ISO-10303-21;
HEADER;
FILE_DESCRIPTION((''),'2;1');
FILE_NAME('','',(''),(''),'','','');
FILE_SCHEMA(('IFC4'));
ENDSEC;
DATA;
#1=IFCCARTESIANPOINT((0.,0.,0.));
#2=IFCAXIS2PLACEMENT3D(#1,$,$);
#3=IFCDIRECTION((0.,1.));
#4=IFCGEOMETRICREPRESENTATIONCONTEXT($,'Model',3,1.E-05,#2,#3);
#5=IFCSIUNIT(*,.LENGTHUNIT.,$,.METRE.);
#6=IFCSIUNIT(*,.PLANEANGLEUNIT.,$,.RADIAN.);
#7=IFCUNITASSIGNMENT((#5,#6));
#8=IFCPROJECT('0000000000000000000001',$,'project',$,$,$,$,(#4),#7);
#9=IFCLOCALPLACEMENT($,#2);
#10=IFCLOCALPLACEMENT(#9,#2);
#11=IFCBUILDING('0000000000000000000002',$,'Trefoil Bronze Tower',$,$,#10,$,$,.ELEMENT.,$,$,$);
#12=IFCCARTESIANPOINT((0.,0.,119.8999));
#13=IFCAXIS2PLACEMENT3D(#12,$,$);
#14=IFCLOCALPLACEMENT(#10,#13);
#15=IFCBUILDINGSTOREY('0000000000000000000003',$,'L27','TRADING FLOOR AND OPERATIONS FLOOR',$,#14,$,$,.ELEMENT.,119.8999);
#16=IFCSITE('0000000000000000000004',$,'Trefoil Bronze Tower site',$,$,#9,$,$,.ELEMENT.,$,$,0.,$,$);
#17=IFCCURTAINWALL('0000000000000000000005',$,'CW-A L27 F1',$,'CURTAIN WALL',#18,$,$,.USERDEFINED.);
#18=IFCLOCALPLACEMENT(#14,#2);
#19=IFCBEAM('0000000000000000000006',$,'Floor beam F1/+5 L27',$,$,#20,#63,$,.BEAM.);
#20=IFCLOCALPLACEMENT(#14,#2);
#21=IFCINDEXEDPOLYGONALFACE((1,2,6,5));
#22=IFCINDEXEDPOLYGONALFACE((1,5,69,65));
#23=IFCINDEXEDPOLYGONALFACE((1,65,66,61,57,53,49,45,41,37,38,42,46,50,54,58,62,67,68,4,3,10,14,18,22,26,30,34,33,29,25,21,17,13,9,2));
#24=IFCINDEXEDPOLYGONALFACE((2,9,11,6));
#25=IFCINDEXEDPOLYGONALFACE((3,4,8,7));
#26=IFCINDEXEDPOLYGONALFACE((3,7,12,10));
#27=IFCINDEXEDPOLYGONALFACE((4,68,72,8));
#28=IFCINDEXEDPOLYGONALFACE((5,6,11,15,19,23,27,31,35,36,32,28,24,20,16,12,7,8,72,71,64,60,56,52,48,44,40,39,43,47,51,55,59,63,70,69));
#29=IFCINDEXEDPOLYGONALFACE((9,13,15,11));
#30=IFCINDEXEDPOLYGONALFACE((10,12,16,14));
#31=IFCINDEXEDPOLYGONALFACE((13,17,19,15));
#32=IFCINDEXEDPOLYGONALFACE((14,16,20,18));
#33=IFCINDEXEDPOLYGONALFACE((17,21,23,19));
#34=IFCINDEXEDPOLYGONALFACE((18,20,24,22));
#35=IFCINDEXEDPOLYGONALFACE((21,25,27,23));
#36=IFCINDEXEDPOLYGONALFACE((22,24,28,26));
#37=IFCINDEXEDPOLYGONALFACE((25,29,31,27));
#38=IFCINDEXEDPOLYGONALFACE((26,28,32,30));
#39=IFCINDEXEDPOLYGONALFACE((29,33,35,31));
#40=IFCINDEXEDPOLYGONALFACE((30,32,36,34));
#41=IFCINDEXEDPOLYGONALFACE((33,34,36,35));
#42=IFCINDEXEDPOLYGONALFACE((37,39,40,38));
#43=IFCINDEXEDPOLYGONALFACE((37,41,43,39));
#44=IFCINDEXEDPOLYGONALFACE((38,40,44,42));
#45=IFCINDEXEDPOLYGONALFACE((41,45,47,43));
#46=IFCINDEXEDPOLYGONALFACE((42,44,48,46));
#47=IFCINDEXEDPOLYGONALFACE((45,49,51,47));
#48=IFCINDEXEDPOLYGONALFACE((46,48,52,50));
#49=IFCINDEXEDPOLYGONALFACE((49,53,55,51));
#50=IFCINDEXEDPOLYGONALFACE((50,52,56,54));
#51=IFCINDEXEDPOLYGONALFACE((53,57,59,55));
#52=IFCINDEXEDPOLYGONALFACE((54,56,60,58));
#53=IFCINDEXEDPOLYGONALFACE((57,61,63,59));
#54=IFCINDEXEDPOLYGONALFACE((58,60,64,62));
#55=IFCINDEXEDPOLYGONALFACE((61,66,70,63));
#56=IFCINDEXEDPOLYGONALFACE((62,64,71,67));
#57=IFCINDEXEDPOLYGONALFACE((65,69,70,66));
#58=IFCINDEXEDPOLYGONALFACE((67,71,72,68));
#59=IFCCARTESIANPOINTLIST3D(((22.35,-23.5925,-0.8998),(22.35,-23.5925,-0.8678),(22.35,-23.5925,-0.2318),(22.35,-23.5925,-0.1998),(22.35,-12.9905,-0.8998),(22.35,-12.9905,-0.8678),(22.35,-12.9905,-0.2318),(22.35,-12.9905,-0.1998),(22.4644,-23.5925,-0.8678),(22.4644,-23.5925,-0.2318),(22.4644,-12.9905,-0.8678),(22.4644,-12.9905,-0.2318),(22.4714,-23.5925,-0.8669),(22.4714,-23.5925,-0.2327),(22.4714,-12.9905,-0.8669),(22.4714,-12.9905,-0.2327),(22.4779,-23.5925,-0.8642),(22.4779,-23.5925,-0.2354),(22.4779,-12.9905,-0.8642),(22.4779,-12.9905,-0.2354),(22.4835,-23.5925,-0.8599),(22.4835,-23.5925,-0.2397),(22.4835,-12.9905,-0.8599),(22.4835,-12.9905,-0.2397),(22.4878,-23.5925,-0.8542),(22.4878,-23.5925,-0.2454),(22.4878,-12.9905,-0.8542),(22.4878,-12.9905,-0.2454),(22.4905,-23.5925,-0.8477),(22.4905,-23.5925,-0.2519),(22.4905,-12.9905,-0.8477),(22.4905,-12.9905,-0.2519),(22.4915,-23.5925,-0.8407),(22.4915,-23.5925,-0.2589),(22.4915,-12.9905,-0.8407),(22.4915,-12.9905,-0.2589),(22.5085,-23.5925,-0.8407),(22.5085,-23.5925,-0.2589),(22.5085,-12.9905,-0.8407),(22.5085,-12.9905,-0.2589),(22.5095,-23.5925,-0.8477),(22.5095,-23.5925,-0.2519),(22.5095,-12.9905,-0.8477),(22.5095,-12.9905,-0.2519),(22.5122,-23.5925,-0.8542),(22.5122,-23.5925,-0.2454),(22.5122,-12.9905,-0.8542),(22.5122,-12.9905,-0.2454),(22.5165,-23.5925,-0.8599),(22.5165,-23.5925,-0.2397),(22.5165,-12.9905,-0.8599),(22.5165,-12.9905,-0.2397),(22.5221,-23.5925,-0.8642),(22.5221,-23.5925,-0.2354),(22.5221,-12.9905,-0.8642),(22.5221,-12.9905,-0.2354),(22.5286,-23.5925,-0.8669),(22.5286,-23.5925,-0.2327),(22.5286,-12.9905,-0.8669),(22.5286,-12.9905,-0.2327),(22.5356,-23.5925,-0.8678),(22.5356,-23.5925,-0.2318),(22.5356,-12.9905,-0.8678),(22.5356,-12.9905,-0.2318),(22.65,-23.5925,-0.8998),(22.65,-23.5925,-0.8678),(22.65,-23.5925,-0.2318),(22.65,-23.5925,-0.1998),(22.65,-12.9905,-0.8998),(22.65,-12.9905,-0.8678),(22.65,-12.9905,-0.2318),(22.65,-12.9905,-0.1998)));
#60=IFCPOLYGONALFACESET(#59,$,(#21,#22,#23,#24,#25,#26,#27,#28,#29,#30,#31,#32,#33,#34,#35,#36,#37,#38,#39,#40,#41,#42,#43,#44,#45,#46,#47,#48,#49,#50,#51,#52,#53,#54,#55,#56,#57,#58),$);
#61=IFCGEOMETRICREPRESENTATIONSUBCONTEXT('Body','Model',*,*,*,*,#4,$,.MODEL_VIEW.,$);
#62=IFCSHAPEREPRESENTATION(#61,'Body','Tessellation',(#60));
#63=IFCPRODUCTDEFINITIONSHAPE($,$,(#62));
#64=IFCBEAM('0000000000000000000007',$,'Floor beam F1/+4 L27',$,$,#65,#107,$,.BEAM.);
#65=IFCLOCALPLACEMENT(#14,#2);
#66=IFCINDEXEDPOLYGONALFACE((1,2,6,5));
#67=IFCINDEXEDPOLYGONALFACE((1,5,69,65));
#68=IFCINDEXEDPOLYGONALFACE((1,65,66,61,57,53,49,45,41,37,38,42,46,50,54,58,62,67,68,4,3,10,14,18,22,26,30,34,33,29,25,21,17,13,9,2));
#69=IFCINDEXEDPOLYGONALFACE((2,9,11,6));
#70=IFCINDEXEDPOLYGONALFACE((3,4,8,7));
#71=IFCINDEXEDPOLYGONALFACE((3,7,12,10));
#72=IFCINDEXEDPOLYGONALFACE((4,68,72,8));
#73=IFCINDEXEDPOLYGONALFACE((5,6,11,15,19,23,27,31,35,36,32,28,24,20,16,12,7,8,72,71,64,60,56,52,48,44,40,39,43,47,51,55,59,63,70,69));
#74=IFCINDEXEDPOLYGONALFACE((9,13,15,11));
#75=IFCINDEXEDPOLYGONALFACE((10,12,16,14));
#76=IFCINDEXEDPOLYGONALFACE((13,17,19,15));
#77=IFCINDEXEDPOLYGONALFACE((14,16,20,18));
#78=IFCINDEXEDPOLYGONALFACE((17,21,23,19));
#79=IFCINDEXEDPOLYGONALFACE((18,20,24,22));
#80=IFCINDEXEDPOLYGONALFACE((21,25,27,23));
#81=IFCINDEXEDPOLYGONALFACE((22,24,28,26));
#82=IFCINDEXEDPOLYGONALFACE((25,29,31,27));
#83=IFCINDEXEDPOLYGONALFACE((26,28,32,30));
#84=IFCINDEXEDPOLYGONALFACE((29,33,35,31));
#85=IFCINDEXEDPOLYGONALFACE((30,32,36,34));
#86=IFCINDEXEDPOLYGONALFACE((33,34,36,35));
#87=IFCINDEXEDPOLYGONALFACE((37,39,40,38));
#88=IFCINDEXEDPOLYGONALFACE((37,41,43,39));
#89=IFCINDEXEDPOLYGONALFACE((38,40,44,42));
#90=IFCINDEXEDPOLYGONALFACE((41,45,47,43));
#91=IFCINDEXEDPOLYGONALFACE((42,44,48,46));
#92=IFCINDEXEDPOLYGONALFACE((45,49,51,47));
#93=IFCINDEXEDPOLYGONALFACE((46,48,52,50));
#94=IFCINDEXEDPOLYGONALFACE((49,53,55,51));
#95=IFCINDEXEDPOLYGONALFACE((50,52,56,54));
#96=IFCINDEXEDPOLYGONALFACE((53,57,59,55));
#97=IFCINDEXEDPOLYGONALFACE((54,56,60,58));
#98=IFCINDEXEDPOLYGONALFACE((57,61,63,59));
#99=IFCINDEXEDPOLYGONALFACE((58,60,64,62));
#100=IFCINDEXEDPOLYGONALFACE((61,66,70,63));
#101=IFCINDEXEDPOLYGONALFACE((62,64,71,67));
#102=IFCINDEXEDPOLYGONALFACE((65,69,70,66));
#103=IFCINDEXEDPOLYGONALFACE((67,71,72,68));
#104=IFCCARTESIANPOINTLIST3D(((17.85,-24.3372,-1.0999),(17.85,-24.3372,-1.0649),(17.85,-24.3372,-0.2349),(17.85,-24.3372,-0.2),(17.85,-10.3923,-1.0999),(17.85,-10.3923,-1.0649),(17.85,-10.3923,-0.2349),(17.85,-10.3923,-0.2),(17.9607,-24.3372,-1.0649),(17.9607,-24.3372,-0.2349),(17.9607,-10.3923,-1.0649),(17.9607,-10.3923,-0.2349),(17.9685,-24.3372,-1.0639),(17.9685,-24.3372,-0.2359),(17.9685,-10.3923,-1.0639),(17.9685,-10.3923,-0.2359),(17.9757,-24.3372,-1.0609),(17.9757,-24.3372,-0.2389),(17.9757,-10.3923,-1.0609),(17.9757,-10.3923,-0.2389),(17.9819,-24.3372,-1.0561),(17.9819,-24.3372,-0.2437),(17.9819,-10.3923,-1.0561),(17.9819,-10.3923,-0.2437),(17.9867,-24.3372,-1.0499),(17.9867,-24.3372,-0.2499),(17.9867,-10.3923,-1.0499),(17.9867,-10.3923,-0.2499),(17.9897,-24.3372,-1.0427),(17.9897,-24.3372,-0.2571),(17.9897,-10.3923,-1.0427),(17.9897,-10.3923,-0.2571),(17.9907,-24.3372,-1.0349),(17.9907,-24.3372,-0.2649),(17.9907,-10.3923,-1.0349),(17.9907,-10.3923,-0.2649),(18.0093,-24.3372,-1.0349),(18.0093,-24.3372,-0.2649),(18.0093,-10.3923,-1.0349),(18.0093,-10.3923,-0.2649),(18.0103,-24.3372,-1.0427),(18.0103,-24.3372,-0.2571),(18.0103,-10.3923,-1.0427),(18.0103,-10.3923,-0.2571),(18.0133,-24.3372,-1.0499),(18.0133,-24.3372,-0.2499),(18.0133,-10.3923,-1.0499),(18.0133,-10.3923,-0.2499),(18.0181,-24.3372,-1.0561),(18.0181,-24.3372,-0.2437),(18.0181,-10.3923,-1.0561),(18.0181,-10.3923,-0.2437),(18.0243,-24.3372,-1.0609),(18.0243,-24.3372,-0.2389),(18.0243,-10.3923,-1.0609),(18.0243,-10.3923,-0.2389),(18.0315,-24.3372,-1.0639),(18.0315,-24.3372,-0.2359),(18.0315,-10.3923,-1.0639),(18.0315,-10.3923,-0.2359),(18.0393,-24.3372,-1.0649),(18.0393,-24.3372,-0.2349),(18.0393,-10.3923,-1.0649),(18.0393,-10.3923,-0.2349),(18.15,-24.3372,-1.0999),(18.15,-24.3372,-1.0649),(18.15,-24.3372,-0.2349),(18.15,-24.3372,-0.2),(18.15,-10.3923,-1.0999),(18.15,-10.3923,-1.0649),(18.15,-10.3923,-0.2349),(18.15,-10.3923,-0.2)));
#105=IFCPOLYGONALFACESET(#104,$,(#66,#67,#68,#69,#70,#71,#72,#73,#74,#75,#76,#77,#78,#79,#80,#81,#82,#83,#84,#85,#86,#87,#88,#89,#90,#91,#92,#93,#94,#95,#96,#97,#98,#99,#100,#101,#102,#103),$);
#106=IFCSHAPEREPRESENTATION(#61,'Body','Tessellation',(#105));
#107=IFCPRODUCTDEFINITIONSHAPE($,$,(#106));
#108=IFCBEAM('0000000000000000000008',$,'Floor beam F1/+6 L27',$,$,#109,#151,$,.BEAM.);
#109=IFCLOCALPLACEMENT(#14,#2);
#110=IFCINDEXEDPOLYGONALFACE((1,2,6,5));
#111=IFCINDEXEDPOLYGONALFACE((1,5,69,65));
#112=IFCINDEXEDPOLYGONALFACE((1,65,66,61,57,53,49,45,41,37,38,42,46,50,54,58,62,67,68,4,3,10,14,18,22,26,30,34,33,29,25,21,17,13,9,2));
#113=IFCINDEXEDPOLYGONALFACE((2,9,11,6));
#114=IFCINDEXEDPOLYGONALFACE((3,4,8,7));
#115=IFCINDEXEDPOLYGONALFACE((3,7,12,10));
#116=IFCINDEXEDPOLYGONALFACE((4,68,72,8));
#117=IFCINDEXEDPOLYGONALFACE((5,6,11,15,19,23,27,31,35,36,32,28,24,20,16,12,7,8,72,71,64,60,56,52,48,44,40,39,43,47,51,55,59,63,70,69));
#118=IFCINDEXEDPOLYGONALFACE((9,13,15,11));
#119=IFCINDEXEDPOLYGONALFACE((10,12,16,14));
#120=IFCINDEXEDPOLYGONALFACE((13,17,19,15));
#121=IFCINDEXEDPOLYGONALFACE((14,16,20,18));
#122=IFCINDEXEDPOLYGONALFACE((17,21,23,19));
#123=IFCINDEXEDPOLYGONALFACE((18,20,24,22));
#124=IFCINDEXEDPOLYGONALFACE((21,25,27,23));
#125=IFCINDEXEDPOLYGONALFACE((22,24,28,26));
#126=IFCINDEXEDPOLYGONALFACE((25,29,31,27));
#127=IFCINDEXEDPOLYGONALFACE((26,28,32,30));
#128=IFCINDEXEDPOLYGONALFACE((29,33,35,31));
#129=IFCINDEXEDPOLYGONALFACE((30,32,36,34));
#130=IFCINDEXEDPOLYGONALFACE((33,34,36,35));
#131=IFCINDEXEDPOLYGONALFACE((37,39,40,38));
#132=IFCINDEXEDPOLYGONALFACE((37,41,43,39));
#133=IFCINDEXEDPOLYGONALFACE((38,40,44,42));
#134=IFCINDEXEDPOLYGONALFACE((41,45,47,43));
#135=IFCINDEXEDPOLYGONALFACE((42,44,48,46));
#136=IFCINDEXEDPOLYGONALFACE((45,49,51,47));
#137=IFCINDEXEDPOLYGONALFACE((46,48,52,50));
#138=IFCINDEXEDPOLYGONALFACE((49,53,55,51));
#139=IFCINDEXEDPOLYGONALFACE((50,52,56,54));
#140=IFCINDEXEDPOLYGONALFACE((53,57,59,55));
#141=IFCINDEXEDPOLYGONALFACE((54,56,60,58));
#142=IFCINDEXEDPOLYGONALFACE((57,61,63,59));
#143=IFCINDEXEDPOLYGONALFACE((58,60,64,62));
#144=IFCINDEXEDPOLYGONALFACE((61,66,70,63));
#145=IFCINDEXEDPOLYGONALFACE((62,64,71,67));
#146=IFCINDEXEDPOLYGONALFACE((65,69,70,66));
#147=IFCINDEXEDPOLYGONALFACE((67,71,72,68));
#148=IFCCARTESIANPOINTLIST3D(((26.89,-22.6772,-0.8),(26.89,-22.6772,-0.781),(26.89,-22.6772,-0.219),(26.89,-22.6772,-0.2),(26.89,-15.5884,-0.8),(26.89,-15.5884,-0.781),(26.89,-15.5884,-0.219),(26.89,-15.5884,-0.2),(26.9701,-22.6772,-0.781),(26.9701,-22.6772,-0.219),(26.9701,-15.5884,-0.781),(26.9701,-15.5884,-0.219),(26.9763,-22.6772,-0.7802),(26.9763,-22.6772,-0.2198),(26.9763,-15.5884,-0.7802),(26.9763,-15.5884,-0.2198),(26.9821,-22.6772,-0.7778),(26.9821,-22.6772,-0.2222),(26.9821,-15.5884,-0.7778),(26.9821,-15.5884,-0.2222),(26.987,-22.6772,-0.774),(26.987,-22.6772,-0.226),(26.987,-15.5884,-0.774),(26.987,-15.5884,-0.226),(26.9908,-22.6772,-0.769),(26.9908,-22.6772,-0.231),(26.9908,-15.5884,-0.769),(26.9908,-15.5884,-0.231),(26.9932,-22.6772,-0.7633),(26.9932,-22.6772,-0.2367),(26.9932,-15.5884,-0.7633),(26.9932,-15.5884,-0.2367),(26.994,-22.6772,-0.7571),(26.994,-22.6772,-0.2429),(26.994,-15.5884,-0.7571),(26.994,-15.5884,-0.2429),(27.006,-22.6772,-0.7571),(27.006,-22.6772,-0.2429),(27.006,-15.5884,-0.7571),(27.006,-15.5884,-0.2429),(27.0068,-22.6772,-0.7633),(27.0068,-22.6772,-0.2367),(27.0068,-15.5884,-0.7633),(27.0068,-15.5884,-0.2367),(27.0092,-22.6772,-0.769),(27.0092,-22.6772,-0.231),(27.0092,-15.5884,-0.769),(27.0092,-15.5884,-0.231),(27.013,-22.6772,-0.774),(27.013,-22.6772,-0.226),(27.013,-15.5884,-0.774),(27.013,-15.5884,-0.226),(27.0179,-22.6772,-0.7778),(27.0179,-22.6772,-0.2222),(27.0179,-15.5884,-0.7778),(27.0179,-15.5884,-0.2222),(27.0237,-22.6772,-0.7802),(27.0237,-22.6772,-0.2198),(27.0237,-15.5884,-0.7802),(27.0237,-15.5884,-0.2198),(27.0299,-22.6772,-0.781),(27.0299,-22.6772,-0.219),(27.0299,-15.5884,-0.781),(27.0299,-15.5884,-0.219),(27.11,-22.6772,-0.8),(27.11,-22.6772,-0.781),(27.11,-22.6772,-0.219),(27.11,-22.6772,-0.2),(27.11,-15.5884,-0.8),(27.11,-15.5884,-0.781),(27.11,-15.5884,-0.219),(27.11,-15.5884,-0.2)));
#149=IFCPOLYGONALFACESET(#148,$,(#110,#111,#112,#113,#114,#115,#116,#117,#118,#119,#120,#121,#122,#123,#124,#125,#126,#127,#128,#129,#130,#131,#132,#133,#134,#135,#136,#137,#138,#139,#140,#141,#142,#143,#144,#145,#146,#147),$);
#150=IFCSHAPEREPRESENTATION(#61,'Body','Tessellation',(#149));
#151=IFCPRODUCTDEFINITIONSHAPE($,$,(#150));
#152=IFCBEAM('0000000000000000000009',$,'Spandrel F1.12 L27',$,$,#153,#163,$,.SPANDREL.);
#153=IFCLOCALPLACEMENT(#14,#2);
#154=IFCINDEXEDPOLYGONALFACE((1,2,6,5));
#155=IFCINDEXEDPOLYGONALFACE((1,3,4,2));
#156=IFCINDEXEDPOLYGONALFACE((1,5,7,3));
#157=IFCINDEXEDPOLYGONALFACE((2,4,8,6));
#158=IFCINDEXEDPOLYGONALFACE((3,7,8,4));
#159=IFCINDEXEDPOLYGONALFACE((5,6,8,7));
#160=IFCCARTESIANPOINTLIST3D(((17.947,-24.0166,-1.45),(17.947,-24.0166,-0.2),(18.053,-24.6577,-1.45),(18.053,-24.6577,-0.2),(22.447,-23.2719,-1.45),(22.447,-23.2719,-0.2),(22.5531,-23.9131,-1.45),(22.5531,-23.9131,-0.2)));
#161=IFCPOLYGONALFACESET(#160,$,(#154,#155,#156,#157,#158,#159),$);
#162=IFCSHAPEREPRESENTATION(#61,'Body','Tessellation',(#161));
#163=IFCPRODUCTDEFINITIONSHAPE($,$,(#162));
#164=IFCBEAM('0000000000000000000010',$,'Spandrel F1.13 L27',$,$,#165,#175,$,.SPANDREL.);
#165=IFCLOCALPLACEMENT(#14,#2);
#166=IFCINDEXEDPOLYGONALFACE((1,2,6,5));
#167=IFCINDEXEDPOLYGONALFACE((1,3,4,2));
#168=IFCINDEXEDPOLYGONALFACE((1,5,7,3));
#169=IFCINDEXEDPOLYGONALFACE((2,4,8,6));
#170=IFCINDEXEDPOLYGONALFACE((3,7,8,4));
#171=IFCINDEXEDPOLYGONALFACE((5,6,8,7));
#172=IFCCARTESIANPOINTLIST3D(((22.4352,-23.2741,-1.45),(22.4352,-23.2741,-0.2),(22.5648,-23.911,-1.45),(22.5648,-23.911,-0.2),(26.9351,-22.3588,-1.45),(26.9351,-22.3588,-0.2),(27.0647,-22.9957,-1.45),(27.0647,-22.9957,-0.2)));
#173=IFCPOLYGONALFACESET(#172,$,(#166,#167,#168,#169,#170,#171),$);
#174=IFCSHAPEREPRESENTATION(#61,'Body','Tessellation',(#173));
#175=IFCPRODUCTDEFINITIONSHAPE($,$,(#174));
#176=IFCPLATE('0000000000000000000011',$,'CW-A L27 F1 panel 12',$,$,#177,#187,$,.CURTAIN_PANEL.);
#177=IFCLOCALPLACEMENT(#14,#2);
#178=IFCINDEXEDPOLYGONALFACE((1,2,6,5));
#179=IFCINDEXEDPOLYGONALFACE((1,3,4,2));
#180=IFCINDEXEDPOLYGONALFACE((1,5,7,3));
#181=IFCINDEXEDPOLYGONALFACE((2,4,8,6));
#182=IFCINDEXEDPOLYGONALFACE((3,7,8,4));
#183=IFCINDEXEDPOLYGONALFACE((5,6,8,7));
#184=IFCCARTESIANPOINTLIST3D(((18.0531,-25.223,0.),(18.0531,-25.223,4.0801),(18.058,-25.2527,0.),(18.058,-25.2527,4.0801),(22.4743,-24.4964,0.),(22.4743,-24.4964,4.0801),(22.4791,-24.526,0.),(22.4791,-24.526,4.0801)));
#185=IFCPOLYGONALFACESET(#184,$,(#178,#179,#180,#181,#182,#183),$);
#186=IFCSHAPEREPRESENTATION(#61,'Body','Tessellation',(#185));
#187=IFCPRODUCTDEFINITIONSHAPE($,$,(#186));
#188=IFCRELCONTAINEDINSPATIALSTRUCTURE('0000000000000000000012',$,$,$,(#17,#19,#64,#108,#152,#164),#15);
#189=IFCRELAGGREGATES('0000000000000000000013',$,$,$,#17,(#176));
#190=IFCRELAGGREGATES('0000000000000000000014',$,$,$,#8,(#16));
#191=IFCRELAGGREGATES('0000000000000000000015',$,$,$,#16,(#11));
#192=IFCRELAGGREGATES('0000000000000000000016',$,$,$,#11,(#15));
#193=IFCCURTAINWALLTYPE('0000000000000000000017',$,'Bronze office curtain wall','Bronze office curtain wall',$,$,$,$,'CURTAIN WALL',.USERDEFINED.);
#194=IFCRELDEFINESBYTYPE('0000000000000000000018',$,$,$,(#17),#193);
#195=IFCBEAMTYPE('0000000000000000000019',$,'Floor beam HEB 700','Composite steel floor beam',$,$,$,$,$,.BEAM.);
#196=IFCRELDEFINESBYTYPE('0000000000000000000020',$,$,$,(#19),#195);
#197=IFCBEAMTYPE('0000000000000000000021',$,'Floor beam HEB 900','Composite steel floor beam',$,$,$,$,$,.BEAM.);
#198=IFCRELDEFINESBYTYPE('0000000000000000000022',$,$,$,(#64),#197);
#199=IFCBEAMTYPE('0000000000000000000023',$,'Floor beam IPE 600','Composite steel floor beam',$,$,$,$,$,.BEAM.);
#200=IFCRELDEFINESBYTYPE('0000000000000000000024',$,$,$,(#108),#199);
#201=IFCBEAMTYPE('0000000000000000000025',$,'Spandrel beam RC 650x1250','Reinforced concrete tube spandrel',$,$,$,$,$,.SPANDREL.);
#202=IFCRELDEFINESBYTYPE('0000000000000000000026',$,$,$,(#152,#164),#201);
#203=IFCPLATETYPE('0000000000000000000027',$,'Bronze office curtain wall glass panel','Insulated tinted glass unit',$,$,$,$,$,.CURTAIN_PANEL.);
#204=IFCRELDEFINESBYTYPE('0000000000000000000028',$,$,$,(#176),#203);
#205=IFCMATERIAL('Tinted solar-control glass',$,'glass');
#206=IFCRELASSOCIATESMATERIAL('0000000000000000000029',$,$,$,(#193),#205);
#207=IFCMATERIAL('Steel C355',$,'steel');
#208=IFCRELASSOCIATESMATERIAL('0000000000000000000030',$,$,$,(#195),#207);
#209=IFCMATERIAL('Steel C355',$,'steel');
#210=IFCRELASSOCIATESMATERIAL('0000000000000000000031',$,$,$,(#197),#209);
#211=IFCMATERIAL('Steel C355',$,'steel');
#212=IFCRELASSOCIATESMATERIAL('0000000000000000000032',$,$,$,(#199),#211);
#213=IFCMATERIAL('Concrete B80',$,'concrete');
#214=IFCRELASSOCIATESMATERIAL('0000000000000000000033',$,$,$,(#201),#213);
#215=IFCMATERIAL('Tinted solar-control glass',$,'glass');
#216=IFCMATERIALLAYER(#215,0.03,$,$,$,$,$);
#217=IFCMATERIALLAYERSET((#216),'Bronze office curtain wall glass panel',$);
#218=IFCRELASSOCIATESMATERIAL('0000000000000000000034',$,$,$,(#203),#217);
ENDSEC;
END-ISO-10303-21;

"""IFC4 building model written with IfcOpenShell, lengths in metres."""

from ifc_helpers import new_model, si_unit, direction, frame, origin, origin_2d, place, context, subcontext, project, spatial, rectangle, i_section, extrude, material, layer, layer_set, material_profile, profile_set, type_object, element, aggregate, save


model = new_model("IFC4")

# Units and contexts
model_context = context("Model", 3, precision=1e-05, world=origin(), true_north=direction((0.0, 1.0)))
body_context = subcontext(model_context, "Body", "Model", "MODEL_VIEW")
ifc_project = project(units=[si_unit("LENGTHUNIT", "METRE"), si_unit("PLANEANGLEUNIT", "RADIAN")], contexts=[model_context])

# Site, building, storey
site_placement = place(None, origin())
site = spatial("IfcSite", under=ifc_project, at=site_placement, Name="Trefoil Bronze Tower site", CompositionType="ELEMENT", RefElevation=0.0)
building_placement = place(site_placement, origin())
building = spatial("IfcBuilding", under=site, at=building_placement, Name="Trefoil Bronze Tower", CompositionType="ELEMENT")
storey_placement = place(building_placement, frame((0.0, 0.0, 119.8999)))
storey = spatial("IfcBuildingStorey", under=building, at=storey_placement, Name="L27", Description="TRADING FLOOR AND OPERATIONS FLOOR", CompositionType="ELEMENT", Elevation=119.8999)

# Curtain wall
ifc_material_1 = material(Name="Tinted solar-control glass", Category="glass")
curtain_wall_type_1 = type_object("IfcCurtainWallType", Name="Bronze office curtain wall", Description="Bronze office curtain wall", ElementType="CURTAIN WALL", PredefinedType="USERDEFINED", material=ifc_material_1)
curtain_wall_1_placement = place(storey_placement, origin())
curtain_wall_1 = element("IfcCurtainWall", 1, at=curtain_wall_1_placement, inside=storey, type_object=curtain_wall_type_1, Name="CW-A L27 F1", ObjectType="CURTAIN WALL", PredefinedType="USERDEFINED")

# Beams
ifc_material_2 = material(Name="Steel C355", Category="steel")
ifc_material_profile_1 = material_profile(ifc_material_2, i_section(OverallWidth=0.3, OverallDepth=0.7, WebThickness=0.0171, FlangeThickness=0.032, FilletRadius=0.0271, at=origin_2d()), Name="HEB 700")
ifc_profile_set_1 = profile_set([ifc_material_profile_1], Name="Steel C355")
beam_type_1 = type_object("IfcBeamType", Name="Floor beam HEB 700", Description="Composite steel floor beam", PredefinedType="BEAM", material=ifc_profile_set_1)
beam_1_placement = place(storey_placement, frame((22.5, -23.5925, -0.5498), z_axis=(0.0, 1.0, 0.0), x_axis=(-1.0, 0.0, 0.0)))
element("IfcBeam", 2, at=beam_1_placement, inside=storey, type_object=beam_type_1, Name="Floor beam F1/+5 L27", PredefinedType="BEAM", context=body_context, shape_type="SweptSolid", body=[
    extrude(i_section(OverallWidth=0.3, OverallDepth=0.7, WebThickness=0.0171, FlangeThickness=0.032, FilletRadius=0.0271, at=origin_2d()), origin(), (0.0, 0.0, 1.0), 10.6021),
])
ifc_material_3 = material(Name="Steel C355", Category="steel")
ifc_material_profile_2 = material_profile(ifc_material_3, i_section(OverallWidth=0.3, OverallDepth=0.8999, WebThickness=0.0186, FlangeThickness=0.0349, FilletRadius=0.03, at=origin_2d()), Name="HEB 900")
ifc_profile_set_2 = profile_set([ifc_material_profile_2], Name="Steel C355")
beam_type_2 = type_object("IfcBeamType", Name="Floor beam HEB 900", Description="Composite steel floor beam", PredefinedType="BEAM", material=ifc_profile_set_2)
beam_2_placement = place(storey_placement, frame((18.0, -24.3372, -0.6499), z_axis=(0.0, 1.0, 0.0), x_axis=(-1.0, 0.0, 0.0)))
element("IfcBeam", 3, at=beam_2_placement, inside=storey, type_object=beam_type_2, Name="Floor beam F1/+4 L27", PredefinedType="BEAM", context=body_context, shape_type="SweptSolid", body=[
    extrude(i_section(OverallWidth=0.3, OverallDepth=0.8999, WebThickness=0.0186, FlangeThickness=0.0349, FilletRadius=0.03, at=origin_2d()), origin(), (0.0, 0.0, 1.0), 13.9448),
])
ifc_material_4 = material(Name="Steel C355", Category="steel")
ifc_material_profile_3 = material_profile(ifc_material_4, i_section(OverallWidth=0.22, OverallDepth=0.6001, WebThickness=0.012, FlangeThickness=0.019, FilletRadius=0.0239, at=origin_2d()), Name="IPE 600")
ifc_profile_set_3 = profile_set([ifc_material_profile_3], Name="Steel C355")
beam_type_3 = type_object("IfcBeamType", Name="Floor beam IPE 600", Description="Composite steel floor beam", PredefinedType="BEAM", material=ifc_profile_set_3)
beam_3_placement = place(storey_placement, frame((27.0, -22.6772, -0.5), z_axis=(0.0, 1.0, 0.0), x_axis=(-1.0, 0.0, 0.0)))
element("IfcBeam", 4, at=beam_3_placement, inside=storey, type_object=beam_type_3, Name="Floor beam F1/+6 L27", PredefinedType="BEAM", context=body_context, shape_type="SweptSolid", body=[
    extrude(i_section(OverallWidth=0.22, OverallDepth=0.6001, WebThickness=0.012, FlangeThickness=0.019, FilletRadius=0.0239, at=origin_2d()), origin(), (0.0, 0.0, 1.0), 7.0889),
])
ifc_material_5 = material(Name="Concrete B80", Category="concrete")
ifc_material_profile_4 = material_profile(ifc_material_5, rectangle(XDim=0.6499, YDim=1.25, at=origin_2d()), Name="RC 650x1250")
ifc_profile_set_4 = profile_set([ifc_material_profile_4], Name="Concrete B80")
beam_type_4 = type_object("IfcBeamType", Name="Spandrel beam RC 650x1250", Description="Reinforced concrete tube spandrel", PredefinedType="SPANDREL", material=ifc_profile_set_4)
beam_4_placement = place(storey_placement, frame((18.0, -24.3372, -0.825), z_axis=(0.986584, 0.163253, 0.0), x_axis=(-0.163253, 0.986584, 0.0)))
element("IfcBeam", 5, at=beam_4_placement, inside=storey, type_object=beam_type_4, Name="Spandrel F1.12 L27", PredefinedType="SPANDREL", context=body_context, shape_type="SweptSolid", body=[
    extrude(rectangle(XDim=0.6499, YDim=1.25, at=origin_2d()), origin(), (0.0, 0.0, 1.0), 4.5613),
])
beam_5_placement = place(storey_placement, frame((22.5, -23.5925, -0.825), z_axis=(0.979935, 0.199315, 0.0), x_axis=(-0.199315, 0.979935, 0.0)))
element("IfcBeam", 6, at=beam_5_placement, inside=storey, type_object=beam_type_4, Name="Spandrel F1.13 L27", PredefinedType="SPANDREL", context=body_context, shape_type="SweptSolid", body=[
    extrude(rectangle(XDim=0.6499, YDim=1.25, at=origin_2d()), origin(), (0.0, 0.0, 1.0), 4.592),
])

# Plate
ifc_material_6 = material(Name="Tinted solar-control glass", Category="glass")
ifc_layer_1 = layer(ifc_material_6, 0.03)
ifc_layer_set_1 = layer_set([ifc_layer_1], Name="Bronze office curtain wall glass panel")
plate_type_1 = type_object("IfcPlateType", Name="Bronze office curtain wall glass panel", Description="Insulated tinted glass unit", PredefinedType="CURTAIN_PANEL", material=ifc_layer_set_1)
plate_1_placement = place(storey_placement, frame((20.2661, -24.8745, 0.0), z_axis=(0.0, 0.0, 1.0), x_axis=(0.98676, 0.162189, 0.0)))
plate_1 = element("IfcPlate", 7, at=plate_1_placement, type_object=plate_type_1, Name="CW-A L27 F1 panel 12", PredefinedType="CURTAIN_PANEL", context=body_context, shape_type="SweptSolid", body=[
    extrude(rectangle(XDim=4.4805, YDim=0.03, at=origin_2d()), origin(), (0.0, 0.0, 1.0), 4.0801),
])
aggregate(curtain_wall_1, [plate_1])

save(model, "model.ifc")
